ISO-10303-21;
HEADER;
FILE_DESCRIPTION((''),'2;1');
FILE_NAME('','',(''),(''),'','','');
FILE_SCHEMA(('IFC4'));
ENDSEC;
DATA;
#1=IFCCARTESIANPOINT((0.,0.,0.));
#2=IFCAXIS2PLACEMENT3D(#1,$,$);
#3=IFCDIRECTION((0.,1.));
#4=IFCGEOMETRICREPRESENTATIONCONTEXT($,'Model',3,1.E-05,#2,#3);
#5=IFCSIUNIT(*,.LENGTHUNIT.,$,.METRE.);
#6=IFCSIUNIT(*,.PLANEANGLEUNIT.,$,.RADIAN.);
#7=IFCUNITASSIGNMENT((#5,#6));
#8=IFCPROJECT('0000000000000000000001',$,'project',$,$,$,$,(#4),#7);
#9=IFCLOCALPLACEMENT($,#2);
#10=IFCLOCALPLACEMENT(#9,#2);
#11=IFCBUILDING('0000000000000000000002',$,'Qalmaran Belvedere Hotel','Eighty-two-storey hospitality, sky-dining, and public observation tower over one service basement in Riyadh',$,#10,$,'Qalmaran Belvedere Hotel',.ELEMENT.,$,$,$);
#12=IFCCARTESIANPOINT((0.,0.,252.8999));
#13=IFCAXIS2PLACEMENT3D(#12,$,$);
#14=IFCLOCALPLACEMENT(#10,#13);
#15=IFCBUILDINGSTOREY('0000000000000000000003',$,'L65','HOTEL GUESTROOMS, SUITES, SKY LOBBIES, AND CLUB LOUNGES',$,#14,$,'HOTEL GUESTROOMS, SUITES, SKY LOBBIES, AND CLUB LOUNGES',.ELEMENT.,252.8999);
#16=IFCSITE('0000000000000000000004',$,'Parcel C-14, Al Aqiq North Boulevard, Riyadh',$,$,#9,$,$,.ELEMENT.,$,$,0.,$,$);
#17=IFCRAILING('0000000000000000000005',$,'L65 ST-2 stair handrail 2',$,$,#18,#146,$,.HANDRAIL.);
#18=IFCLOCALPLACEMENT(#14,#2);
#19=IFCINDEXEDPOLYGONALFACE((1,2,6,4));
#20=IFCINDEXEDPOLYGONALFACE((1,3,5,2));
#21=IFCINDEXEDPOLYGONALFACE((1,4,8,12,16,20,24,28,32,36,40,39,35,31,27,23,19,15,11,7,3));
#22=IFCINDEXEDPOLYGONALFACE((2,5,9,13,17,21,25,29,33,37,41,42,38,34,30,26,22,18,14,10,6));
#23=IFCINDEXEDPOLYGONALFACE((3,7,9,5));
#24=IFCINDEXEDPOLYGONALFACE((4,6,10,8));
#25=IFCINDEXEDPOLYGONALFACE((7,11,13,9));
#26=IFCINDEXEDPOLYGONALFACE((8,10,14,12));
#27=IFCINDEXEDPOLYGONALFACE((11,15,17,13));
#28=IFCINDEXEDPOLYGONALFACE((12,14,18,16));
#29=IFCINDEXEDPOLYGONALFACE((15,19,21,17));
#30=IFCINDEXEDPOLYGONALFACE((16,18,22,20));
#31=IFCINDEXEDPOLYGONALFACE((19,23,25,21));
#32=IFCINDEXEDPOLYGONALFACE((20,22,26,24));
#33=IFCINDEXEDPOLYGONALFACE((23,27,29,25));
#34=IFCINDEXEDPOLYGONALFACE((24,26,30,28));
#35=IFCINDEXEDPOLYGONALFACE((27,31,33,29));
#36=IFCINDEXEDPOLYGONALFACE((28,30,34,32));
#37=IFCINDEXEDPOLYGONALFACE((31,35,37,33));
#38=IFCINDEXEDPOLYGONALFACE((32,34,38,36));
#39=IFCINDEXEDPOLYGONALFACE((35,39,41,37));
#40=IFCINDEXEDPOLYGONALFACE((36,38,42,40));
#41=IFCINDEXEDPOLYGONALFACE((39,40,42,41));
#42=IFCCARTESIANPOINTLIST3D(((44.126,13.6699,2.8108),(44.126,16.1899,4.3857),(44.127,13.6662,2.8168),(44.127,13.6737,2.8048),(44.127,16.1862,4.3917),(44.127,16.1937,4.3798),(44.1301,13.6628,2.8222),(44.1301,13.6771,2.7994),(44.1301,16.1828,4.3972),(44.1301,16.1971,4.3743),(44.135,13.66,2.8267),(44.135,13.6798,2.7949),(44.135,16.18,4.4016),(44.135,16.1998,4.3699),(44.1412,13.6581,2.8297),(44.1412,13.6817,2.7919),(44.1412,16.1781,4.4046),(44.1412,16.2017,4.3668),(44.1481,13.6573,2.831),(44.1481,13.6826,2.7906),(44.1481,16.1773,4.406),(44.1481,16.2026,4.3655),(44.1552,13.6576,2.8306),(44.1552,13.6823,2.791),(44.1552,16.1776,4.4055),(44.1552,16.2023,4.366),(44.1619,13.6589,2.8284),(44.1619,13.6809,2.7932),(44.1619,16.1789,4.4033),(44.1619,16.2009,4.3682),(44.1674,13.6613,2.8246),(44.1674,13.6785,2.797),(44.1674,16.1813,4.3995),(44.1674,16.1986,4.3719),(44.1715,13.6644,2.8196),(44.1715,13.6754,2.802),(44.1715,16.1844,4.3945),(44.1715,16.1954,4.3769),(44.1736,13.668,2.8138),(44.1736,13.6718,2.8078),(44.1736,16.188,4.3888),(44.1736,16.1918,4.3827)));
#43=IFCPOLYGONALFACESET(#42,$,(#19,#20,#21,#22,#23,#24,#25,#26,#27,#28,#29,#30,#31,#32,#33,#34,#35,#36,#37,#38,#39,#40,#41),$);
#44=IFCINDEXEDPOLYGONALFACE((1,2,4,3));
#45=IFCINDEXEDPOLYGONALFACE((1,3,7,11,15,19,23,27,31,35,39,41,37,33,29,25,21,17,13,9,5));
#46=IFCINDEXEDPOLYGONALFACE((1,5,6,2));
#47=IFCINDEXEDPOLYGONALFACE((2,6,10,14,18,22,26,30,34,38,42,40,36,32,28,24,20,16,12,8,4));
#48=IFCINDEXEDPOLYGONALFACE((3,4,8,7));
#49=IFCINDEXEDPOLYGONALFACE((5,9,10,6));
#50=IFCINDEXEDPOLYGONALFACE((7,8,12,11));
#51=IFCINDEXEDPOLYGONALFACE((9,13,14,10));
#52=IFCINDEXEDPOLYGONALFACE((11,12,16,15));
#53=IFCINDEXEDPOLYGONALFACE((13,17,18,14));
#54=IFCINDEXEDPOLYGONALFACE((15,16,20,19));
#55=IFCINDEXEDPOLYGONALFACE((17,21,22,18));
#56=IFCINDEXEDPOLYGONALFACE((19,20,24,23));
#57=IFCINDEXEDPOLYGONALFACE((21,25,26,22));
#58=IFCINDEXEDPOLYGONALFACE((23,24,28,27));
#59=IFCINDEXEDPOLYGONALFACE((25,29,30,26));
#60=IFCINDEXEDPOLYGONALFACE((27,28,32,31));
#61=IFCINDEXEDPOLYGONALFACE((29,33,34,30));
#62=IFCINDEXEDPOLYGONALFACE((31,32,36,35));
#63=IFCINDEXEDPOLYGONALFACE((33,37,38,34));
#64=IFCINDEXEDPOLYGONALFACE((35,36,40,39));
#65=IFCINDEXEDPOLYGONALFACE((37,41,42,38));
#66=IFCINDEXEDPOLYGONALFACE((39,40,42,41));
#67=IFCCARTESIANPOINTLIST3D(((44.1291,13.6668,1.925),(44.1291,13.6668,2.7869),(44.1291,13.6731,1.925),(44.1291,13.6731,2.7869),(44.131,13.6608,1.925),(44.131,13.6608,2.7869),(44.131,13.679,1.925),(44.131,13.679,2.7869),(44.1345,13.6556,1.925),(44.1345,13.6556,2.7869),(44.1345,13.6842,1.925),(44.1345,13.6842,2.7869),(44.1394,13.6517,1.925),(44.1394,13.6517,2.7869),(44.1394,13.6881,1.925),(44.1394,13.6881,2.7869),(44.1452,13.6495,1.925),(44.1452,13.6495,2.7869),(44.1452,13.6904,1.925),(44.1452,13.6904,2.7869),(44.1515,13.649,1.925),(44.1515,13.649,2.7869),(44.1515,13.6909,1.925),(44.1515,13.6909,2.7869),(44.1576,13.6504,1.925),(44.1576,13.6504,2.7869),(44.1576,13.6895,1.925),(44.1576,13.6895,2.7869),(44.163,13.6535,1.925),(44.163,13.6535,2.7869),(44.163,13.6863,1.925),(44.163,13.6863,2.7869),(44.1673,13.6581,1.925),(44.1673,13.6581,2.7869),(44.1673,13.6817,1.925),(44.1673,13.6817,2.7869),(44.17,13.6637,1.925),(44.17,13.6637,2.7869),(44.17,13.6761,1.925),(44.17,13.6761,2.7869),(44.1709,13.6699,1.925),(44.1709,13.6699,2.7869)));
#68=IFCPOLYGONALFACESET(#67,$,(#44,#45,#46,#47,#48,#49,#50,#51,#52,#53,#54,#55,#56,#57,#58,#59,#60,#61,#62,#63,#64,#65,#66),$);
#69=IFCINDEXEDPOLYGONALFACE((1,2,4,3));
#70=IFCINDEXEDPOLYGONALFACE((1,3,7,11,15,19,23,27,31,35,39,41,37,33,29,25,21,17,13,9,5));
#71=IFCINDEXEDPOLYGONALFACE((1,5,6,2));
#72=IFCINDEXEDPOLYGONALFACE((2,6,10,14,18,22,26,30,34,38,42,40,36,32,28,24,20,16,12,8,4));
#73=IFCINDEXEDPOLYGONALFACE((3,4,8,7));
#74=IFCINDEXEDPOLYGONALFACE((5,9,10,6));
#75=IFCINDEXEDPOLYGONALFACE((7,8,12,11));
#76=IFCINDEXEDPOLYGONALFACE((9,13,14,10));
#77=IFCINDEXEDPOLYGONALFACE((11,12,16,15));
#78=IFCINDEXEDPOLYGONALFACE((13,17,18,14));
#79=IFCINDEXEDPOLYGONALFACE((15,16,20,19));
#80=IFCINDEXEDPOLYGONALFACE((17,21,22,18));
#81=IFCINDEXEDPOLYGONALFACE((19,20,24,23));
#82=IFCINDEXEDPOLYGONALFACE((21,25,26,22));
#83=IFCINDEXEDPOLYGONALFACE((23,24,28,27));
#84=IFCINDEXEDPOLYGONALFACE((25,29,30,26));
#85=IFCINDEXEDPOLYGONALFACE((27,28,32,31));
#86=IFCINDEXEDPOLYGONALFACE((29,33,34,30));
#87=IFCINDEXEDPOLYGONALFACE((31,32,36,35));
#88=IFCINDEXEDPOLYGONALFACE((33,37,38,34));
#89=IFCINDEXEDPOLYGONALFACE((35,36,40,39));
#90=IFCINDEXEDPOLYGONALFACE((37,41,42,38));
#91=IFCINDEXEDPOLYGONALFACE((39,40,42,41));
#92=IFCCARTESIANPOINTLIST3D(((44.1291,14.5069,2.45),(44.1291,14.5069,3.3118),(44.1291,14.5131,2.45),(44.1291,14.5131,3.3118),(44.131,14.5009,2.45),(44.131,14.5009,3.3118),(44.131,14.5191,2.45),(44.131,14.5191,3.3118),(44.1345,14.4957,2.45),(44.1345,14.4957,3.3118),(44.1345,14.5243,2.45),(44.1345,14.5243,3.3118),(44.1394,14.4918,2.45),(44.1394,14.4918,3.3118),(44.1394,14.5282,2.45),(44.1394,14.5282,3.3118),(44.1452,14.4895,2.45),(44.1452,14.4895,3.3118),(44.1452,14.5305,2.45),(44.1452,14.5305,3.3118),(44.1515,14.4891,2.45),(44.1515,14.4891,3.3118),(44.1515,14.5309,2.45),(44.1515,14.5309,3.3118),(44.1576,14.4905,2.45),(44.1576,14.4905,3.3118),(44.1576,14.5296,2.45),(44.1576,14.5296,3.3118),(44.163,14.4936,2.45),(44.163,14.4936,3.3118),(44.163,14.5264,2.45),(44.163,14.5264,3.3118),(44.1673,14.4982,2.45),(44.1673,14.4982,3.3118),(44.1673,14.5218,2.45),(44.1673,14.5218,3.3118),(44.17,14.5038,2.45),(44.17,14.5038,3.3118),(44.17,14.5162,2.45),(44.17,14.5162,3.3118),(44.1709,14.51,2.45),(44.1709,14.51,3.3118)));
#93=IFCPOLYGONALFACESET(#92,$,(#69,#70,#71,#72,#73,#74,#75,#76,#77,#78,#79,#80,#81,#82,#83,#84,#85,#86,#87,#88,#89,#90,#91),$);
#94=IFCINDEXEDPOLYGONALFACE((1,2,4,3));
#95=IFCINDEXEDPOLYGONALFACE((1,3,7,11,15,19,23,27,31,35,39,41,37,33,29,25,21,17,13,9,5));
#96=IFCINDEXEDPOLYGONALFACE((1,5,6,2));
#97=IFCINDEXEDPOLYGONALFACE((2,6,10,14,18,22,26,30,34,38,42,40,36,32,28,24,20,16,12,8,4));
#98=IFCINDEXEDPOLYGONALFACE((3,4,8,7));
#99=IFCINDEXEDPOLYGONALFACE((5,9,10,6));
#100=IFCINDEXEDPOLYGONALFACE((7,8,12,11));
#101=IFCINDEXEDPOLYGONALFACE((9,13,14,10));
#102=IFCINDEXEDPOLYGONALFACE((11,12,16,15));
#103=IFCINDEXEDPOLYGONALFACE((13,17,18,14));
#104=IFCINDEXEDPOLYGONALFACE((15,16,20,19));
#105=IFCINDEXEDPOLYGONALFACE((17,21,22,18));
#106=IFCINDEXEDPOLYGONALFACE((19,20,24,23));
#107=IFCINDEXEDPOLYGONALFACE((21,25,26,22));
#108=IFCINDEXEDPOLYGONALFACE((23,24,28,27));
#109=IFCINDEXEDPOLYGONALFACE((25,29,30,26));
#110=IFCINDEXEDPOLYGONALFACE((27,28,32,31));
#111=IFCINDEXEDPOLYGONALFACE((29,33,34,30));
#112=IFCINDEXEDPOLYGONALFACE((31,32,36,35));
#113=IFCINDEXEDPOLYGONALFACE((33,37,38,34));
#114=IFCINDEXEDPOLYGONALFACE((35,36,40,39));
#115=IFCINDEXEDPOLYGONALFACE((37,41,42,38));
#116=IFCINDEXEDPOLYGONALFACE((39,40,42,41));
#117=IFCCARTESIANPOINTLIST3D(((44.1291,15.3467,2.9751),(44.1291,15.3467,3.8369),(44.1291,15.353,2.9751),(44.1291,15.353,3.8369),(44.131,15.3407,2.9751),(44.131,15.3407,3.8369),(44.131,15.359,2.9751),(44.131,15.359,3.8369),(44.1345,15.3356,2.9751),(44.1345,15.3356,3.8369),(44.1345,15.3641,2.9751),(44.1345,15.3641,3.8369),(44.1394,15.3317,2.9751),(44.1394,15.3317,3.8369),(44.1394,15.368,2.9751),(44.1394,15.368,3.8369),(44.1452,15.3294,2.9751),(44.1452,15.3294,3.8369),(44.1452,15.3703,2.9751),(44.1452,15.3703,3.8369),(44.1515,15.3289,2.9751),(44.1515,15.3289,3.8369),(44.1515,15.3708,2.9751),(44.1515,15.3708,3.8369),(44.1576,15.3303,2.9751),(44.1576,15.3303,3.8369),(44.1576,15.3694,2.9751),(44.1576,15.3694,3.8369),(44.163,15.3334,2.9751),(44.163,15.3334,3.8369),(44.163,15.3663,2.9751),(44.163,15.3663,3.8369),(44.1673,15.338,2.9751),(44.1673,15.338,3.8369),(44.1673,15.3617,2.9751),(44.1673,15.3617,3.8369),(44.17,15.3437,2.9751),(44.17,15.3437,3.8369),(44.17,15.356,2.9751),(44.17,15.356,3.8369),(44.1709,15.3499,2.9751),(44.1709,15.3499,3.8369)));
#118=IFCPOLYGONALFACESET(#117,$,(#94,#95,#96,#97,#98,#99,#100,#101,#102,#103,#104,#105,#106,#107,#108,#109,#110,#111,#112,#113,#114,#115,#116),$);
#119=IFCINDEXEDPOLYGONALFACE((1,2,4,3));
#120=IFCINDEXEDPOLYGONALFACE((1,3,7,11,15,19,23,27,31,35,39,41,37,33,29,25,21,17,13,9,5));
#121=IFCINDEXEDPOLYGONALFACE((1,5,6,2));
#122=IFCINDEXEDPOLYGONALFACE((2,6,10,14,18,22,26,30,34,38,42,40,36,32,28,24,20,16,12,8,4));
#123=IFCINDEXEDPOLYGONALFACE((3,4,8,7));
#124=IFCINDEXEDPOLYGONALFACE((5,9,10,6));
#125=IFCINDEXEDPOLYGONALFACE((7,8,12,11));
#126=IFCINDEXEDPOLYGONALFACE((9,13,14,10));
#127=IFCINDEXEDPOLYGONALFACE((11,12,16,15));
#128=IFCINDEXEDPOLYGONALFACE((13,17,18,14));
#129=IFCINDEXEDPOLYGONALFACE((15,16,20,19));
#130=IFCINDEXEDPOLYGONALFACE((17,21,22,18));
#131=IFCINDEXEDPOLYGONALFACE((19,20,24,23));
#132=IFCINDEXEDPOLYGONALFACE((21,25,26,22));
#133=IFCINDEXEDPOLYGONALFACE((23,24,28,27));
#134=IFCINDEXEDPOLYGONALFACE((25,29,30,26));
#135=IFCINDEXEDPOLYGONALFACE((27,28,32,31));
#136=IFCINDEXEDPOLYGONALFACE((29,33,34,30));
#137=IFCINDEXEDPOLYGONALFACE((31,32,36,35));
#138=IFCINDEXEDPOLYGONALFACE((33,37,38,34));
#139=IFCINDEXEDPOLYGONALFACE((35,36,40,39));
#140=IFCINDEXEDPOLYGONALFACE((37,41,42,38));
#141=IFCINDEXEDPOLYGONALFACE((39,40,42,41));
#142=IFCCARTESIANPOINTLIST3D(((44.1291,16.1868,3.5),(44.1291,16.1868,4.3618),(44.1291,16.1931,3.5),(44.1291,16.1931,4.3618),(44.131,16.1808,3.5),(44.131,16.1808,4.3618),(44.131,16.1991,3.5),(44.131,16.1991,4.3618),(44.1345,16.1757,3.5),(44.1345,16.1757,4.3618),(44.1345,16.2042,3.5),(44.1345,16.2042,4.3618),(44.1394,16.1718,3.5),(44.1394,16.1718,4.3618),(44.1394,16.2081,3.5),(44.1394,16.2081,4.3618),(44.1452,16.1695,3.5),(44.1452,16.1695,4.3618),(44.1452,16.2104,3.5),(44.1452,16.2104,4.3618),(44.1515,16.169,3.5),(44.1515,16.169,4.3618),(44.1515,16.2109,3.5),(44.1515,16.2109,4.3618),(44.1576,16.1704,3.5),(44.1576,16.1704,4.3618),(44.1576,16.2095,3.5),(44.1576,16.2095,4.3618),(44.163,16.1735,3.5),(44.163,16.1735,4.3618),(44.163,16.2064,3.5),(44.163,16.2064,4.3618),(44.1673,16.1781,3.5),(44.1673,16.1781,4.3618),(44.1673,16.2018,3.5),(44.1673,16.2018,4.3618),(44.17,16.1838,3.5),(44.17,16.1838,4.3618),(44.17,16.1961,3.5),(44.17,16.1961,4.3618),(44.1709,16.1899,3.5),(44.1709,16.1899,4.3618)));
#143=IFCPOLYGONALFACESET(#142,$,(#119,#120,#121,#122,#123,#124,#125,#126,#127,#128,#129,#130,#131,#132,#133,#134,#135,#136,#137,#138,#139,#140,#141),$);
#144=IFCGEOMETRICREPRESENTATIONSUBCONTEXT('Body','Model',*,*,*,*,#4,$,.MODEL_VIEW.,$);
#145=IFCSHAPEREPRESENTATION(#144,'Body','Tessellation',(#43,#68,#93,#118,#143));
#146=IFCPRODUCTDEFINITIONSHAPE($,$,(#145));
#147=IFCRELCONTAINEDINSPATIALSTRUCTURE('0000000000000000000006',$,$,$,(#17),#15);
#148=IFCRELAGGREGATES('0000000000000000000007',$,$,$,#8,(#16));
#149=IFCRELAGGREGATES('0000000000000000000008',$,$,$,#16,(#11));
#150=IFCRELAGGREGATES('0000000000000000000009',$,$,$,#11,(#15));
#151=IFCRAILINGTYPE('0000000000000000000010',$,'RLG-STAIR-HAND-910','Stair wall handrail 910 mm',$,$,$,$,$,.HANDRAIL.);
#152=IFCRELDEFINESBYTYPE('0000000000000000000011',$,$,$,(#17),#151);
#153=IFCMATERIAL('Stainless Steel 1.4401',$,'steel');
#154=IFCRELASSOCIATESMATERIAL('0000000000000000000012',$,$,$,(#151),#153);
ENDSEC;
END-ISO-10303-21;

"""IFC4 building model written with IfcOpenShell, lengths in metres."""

from ifc_helpers import new_model, si_unit, direction, frame, origin, origin_2d, place, context, subcontext, project, spatial, circle, extrude, material, type_object, element, save


model = new_model("IFC4")

# Units and contexts
model_context = context("Model", 3, precision=1e-05, world=origin(), true_north=direction((0.0, 1.0)))
body_context = subcontext(model_context, "Body", "Model", "MODEL_VIEW")
ifc_project = project(units=[si_unit("LENGTHUNIT", "METRE"), si_unit("PLANEANGLEUNIT", "RADIAN")], contexts=[model_context])

# Site, building, storey
site_placement = place(None, origin())
site = spatial("IfcSite", under=ifc_project, at=site_placement, Name="Parcel C-14, Al Aqiq North Boulevard, Riyadh", CompositionType="ELEMENT", RefElevation=0.0)
building_placement = place(site_placement, origin())
building = spatial("IfcBuilding", under=site, at=building_placement, Name="Qalmaran Belvedere Hotel", Description="Eighty-two-storey hospitality, sky-dining, and public observation tower over one service basement in Riyadh", LongName="Qalmaran Belvedere Hotel", CompositionType="ELEMENT")
storey_placement = place(building_placement, frame((0.0, 0.0, 252.8999)))
storey = spatial("IfcBuildingStorey", under=building, at=storey_placement, Name="L65", Description="HOTEL GUESTROOMS, SUITES, SKY LOBBIES, AND CLUB LOUNGES", LongName="HOTEL GUESTROOMS, SUITES, SKY LOBBIES, AND CLUB LOUNGES", CompositionType="ELEMENT", Elevation=252.8999)

# Railing
ifc_material_1 = material(Name="Stainless Steel 1.4401", Category="steel")
railing_type_1 = type_object("IfcRailingType", Name="RLG-STAIR-HAND-910", Description="Stair wall handrail 910 mm", PredefinedType="HANDRAIL", material=ifc_material_1)
railing_1_placement = place(storey_placement, frame((44.1499, 13.6699, 1.925)))
element("IfcRailing", 1, at=railing_1_placement, inside=storey, type_object=railing_type_1, Name="L65 ST-2 stair handrail 2", PredefinedType="HANDRAIL", context=body_context, shape_type="SweptSolid", body=[
    extrude(circle(Radius=0.0239, at=origin_2d()), frame((0.0, 0.0, 0.8857), z_axis=(0.0, 0.848008, 0.529984), x_axis=(-1.0, 0.0, 0.0)), (0.0, 0.0, 1.0), 2.9717),
    extrude(circle(Radius=0.021, at=origin_2d()), origin(), (0.0, 0.0, 1.0), 0.8618),
    extrude(circle(Radius=0.021, at=origin_2d()), frame((0.0, 0.8401, 0.5249)), (0.0, 0.0, 1.0), 0.8618),
    extrude(circle(Radius=0.021, at=origin_2d()), frame((0.0, 1.6799, 1.05)), (0.0, 0.0, 1.0), 0.8618),
    extrude(circle(Radius=0.021, at=origin_2d()), frame((0.0, 2.52, 1.575)), (0.0, 0.0, 1.0), 0.8618),
])

save(model, "model.ifc")
